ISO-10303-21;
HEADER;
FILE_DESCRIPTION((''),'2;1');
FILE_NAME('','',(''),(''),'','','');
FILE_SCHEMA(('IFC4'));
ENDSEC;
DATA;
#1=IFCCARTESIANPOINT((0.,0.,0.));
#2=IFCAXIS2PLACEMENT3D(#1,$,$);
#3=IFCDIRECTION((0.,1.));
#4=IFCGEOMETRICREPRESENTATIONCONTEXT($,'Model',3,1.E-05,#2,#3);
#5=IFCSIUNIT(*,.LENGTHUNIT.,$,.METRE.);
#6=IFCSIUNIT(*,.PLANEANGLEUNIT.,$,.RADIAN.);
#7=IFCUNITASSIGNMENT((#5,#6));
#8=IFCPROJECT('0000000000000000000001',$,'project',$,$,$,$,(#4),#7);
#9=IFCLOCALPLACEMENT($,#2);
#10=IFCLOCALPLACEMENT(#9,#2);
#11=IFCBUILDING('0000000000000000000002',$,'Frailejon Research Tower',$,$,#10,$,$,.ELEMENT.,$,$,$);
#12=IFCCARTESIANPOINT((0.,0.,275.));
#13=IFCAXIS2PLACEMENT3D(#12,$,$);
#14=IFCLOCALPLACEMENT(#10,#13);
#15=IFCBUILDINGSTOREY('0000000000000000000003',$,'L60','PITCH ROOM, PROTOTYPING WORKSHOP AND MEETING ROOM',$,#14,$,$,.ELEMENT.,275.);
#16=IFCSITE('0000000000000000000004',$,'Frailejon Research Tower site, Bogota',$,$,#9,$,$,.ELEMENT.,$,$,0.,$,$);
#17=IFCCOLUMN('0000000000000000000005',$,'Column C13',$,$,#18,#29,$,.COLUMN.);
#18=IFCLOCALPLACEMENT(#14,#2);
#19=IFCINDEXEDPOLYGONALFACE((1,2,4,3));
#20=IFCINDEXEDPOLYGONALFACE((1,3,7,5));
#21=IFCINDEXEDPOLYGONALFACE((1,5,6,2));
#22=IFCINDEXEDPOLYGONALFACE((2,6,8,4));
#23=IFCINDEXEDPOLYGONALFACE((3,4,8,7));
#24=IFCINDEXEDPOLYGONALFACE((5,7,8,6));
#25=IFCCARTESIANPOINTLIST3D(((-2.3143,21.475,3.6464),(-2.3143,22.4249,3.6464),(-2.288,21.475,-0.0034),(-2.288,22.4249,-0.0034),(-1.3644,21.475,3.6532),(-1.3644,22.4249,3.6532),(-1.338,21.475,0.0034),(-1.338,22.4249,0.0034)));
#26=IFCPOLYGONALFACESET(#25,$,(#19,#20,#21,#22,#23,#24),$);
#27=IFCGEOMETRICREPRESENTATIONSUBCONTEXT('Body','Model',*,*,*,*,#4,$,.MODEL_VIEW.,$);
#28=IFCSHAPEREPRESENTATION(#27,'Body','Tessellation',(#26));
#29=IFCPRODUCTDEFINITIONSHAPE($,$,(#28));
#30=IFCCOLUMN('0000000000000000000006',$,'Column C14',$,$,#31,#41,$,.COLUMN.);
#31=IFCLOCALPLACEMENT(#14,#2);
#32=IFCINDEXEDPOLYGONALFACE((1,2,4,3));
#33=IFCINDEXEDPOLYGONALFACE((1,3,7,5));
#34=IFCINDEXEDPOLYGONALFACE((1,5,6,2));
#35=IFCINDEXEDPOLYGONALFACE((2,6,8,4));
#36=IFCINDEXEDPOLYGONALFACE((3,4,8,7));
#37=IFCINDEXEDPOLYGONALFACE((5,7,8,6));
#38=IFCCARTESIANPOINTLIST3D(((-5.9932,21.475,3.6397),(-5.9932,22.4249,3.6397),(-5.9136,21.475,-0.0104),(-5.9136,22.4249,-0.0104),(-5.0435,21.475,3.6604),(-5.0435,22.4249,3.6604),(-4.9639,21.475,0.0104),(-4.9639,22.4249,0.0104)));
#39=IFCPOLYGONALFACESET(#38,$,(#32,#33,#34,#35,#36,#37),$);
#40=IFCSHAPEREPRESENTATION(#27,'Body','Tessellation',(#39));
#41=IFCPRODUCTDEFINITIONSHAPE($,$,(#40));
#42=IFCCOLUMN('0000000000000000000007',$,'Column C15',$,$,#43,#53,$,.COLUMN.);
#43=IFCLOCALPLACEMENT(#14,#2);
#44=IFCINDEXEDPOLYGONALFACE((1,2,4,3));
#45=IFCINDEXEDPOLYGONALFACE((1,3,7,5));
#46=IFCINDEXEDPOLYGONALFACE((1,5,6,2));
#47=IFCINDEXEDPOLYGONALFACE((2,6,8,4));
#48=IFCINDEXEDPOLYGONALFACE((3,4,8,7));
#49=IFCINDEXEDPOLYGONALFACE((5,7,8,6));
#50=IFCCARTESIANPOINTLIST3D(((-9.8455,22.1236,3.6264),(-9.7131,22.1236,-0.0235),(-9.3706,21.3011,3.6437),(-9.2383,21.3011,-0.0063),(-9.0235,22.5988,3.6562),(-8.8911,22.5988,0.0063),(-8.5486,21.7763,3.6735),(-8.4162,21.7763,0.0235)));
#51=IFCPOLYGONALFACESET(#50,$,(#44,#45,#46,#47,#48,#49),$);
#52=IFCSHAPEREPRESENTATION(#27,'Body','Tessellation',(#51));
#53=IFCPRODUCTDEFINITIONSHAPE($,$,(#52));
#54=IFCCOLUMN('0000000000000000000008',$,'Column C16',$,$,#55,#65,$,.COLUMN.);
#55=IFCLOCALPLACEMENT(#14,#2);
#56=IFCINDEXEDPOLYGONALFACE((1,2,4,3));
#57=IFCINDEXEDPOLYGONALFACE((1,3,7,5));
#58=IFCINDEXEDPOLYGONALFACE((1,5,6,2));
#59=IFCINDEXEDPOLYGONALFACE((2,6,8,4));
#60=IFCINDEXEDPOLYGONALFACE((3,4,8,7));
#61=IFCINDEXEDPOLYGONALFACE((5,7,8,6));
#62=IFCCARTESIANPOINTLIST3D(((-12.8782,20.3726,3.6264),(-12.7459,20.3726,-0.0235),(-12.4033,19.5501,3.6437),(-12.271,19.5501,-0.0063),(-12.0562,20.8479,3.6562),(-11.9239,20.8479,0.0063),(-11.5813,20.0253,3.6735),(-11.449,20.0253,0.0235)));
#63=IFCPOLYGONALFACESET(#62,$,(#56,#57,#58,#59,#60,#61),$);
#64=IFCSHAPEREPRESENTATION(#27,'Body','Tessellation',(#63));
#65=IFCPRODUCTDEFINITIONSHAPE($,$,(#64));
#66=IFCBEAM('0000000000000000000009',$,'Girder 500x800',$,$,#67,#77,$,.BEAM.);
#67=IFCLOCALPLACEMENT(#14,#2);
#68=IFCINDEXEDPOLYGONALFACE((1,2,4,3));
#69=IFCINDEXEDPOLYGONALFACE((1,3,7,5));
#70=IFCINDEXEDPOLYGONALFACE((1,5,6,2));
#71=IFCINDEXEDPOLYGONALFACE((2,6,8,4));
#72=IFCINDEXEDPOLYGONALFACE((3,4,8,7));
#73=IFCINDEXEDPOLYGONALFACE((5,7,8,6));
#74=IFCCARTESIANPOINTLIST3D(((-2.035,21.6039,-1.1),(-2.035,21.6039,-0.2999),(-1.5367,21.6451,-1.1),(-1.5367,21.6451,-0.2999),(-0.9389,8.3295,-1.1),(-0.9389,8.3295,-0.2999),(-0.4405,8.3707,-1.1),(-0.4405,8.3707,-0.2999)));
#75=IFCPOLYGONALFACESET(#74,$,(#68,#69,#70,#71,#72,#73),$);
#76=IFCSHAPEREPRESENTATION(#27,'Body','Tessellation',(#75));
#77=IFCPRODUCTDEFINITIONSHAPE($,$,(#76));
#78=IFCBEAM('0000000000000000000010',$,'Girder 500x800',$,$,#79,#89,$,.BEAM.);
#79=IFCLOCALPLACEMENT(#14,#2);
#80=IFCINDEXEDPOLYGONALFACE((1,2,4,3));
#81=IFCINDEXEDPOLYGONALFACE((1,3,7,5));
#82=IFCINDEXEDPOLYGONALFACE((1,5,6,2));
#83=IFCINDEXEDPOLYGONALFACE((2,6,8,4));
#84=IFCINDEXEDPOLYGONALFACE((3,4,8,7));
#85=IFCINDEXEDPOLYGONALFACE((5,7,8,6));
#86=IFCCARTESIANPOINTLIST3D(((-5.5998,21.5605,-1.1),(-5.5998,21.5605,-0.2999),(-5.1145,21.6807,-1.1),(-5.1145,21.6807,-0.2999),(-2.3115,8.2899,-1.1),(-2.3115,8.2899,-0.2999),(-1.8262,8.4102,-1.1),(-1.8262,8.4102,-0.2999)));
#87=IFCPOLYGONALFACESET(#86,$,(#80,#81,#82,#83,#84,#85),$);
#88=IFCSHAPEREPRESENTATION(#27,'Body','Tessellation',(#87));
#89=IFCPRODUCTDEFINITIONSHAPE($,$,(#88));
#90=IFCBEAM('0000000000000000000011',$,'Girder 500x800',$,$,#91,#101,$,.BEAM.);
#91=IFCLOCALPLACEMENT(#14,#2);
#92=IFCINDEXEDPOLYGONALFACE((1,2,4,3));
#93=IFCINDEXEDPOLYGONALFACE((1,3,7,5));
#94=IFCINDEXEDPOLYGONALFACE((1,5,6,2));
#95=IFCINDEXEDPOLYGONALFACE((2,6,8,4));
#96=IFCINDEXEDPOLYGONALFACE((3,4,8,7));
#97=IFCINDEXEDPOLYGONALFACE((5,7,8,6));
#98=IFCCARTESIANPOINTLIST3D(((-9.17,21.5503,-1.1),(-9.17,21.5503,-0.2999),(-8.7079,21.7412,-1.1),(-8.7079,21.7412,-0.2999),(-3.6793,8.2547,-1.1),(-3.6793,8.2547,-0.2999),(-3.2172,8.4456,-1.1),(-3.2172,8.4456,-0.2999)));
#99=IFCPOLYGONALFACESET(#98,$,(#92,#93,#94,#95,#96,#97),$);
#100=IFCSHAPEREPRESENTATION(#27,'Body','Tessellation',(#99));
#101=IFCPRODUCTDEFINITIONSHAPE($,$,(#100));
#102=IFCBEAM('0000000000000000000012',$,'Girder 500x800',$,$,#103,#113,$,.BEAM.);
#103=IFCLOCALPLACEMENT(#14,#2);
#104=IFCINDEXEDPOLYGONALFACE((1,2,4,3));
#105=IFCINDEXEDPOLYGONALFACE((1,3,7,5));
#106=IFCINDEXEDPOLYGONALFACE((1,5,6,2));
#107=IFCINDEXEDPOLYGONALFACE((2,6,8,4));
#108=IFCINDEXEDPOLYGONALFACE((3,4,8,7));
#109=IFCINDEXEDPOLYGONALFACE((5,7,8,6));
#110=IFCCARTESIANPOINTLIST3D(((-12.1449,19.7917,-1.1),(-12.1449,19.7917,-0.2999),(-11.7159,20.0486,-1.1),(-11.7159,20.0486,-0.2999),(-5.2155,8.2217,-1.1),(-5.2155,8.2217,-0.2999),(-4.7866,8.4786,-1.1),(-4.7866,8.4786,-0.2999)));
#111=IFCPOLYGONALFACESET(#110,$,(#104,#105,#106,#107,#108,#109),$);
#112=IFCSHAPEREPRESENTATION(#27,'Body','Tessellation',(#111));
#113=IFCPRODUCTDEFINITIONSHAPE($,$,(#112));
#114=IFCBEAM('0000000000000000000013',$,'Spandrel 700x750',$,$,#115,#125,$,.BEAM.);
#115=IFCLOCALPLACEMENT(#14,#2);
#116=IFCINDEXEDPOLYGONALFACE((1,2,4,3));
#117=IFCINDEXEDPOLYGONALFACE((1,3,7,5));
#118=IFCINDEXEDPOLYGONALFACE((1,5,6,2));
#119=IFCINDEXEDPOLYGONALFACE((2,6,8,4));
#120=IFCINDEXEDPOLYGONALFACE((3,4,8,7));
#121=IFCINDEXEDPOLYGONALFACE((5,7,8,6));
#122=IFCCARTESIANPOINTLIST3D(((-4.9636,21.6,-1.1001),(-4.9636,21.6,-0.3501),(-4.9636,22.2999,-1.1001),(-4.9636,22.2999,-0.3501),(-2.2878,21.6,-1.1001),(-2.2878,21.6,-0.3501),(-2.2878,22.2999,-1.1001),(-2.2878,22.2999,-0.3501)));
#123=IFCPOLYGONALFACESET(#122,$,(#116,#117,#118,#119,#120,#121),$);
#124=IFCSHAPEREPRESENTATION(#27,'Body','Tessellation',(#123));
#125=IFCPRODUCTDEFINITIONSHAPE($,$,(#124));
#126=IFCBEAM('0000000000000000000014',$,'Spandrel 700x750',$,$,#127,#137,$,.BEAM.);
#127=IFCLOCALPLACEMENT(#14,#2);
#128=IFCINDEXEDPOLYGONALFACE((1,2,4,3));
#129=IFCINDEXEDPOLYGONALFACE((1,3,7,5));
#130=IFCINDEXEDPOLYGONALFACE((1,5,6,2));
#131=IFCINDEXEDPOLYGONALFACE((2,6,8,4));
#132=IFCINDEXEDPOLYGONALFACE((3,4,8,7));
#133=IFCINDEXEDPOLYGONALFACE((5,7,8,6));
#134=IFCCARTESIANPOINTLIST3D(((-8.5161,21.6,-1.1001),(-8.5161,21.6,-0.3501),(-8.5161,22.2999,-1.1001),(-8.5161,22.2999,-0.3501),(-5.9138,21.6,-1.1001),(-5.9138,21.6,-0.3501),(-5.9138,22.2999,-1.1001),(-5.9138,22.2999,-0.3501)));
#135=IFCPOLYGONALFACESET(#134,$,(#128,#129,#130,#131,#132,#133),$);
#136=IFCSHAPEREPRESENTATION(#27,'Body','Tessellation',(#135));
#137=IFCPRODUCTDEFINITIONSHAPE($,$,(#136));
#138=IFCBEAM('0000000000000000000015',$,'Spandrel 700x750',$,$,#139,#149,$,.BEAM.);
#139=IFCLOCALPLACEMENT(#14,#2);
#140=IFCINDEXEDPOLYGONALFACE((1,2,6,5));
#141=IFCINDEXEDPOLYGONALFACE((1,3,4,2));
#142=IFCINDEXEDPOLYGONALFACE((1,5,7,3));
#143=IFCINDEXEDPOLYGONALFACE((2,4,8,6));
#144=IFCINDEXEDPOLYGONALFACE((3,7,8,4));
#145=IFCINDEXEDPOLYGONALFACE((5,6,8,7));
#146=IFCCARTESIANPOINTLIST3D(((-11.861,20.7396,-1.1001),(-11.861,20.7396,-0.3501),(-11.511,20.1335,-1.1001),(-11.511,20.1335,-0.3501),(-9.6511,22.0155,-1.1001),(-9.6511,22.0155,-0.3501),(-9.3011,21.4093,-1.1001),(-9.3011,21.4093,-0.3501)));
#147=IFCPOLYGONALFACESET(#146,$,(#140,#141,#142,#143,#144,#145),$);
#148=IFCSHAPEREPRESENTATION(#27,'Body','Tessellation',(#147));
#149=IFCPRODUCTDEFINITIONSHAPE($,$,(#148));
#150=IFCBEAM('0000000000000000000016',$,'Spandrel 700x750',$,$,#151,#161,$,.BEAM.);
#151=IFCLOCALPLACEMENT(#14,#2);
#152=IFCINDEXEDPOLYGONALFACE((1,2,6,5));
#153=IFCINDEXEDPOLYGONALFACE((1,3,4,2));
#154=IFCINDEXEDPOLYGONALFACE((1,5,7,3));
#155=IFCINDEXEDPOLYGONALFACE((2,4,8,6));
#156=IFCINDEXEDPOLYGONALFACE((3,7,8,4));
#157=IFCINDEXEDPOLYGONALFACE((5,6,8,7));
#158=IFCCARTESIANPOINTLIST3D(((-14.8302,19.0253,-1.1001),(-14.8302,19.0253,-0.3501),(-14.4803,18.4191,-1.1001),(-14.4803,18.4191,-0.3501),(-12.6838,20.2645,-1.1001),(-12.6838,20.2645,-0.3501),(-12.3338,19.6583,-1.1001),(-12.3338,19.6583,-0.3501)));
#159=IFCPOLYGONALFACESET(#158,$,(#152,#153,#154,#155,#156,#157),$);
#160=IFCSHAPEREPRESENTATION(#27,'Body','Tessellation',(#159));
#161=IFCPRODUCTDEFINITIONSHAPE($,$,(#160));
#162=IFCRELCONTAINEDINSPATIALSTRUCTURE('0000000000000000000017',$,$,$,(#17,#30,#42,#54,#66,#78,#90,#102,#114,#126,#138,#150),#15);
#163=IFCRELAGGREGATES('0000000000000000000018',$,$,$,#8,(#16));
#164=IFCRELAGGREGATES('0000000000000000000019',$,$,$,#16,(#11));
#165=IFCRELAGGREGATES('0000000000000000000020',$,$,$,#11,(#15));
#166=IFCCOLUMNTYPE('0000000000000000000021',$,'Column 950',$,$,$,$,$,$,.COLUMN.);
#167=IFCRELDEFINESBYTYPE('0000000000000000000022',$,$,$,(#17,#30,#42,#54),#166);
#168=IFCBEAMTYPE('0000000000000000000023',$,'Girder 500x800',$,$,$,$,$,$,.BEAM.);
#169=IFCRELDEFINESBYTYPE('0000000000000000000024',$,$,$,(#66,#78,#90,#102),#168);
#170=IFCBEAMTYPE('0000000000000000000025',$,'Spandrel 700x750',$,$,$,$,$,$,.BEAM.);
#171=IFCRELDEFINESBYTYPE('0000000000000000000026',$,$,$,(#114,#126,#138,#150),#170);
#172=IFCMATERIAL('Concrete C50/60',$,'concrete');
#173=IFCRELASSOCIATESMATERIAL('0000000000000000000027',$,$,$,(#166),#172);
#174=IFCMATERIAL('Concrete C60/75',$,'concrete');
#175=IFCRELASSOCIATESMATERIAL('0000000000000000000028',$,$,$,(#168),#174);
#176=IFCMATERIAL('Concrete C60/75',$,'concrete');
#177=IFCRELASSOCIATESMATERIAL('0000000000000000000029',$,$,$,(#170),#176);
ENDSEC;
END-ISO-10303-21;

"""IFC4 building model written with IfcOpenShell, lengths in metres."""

from ifc_helpers import new_model, si_unit, direction, frame, origin, origin_2d, place, context, subcontext, project, spatial, rectangle, extrude, material, material_profile, profile_set, type_object, element, save


model = new_model("IFC4")

# Units and contexts
model_context = context("Model", 3, precision=1e-05, world=origin(), true_north=direction((0.0, 1.0)))
body_context = subcontext(model_context, "Body", "Model", "MODEL_VIEW")
ifc_project = project(units=[si_unit("LENGTHUNIT", "METRE"), si_unit("PLANEANGLEUNIT", "RADIAN")], contexts=[model_context])

# Site, building, storey
site_placement = place(None, origin())
site = spatial("IfcSite", under=ifc_project, at=site_placement, Name="Frailejon Research Tower site, Bogota", CompositionType="ELEMENT", RefElevation=0.0)
building_placement = place(site_placement, origin())
building = spatial("IfcBuilding", under=site, at=building_placement, Name="Frailejon Research Tower", CompositionType="ELEMENT")
storey_placement = place(building_placement, frame((0.0, 0.0, 275.0)))
storey = spatial("IfcBuildingStorey", under=building, at=storey_placement, Name="L60", Description="PITCH ROOM, PROTOTYPING WORKSHOP AND MEETING ROOM", CompositionType="ELEMENT", Elevation=275.0)

# Columns
ifc_material_1 = material(Name="Concrete C50/60", Category="concrete")
ifc_material_profile_1 = material_profile(ifc_material_1, rectangle(XDim=0.95, YDim=0.95, at=origin_2d()), Name="Column 950")
ifc_profile_set_1 = profile_set([ifc_material_profile_1], Name="Concrete C50/60")
column_type = type_object("IfcColumnType", Name="Column 950", PredefinedType="COLUMN", material=ifc_profile_set_1)
column_1_placement = place(storey_placement, frame((-1.813, 21.95, 0.0), z_axis=(-0.007224, 0.0, 0.999974), x_axis=(-0.999974, 0.0, -0.007224)))
element("IfcColumn", 1, at=column_1_placement, inside=storey, type_object=column_type, Name="Column C13", PredefinedType="COLUMN", context=body_context, shape_type="SweptSolid", body=[
    extrude(rectangle(XDim=0.95, YDim=0.95, at=origin_2d()), origin(), (0.0, 0.0, 1.0), 3.6499),
])
column_2_placement = place(storey_placement, frame((-5.4387, 21.95, 0.0), z_axis=(-0.021801, 0.0, 0.999762), x_axis=(-0.999762, 0.0, -0.021801)))
element("IfcColumn", 2, at=column_2_placement, inside=storey, type_object=column_type, Name="Column C14", PredefinedType="COLUMN", context=body_context, shape_type="SweptSolid", body=[
    extrude(rectangle(XDim=0.95, YDim=0.95, at=origin_2d()), origin(), (0.0, 0.0, 1.0), 3.6509),
])
for number, where, z_axis, x_axis, name in (
    (3, (-9.0647, 21.95, 0.0), (-0.03623, 0.0, 0.999343), (-0.865315, -0.500246, -0.031371), "Column C15"),
    (4, (-12.0974, 20.199, 0.0), (-0.03623, 0.0, 0.999343), (-0.865315, -0.500246, -0.031371), "Column C16"),
):
    element("IfcColumn", number, at=place(storey_placement, frame(where, z_axis=z_axis, x_axis=x_axis)), inside=storey, type_object=column_type, Name=name, PredefinedType="COLUMN", context=body_context, shape_type="SweptSolid", body=[
        extrude(rectangle(XDim=0.95, YDim=0.95, at=origin_2d()), origin(), (0.0, 0.0, 1.0), 3.6523),
    ])

# Beams
ifc_material_2 = material(Name="Concrete C60/75", Category="concrete")
ifc_material_profile_2 = material_profile(ifc_material_2, rectangle(XDim=0.5, YDim=0.8, at=origin_2d()), Name="Girder 500x800")
ifc_profile_set_2 = profile_set([ifc_material_profile_2], Name="Concrete C60/75")
beam_type_1 = type_object("IfcBeamType", Name="Girder 500x800", PredefinedType="BEAM", material=ifc_profile_set_2)
beam_1_placement = place(storey_placement, frame((-1.7859, 21.6245, -0.7), z_axis=(0.082299, -0.996608, 0.0), x_axis=(0.996608, 0.082299, 0.0)))
element("IfcBeam", 5, at=beam_1_placement, inside=storey, type_object=beam_type_1, Name="Girder 500x800", PredefinedType="BEAM", context=body_context, shape_type="SweptSolid", body=[
    extrude(rectangle(XDim=0.5, YDim=0.8, at=origin_2d()), origin(), (0.0, 0.0, 1.0), 13.3196),
])
beam_2_placement = place(storey_placement, frame((-5.3572, 21.6206, -0.7), z_axis=(0.240518, -0.970645, 0.0), x_axis=(0.970645, 0.240518, 0.0)))
element("IfcBeam", 6, at=beam_2_placement, inside=storey, type_object=beam_type_1, Name="Girder 500x800", PredefinedType="BEAM", context=body_context, shape_type="SweptSolid", body=[
    extrude(rectangle(XDim=0.5, YDim=0.8, at=origin_2d()), origin(), (0.0, 0.0, 1.0), 13.6719),
])
beam_3_placement = place(storey_placement, frame((-8.939, 21.6458, -0.7), z_axis=(0.381703, -0.924285, 0.0), x_axis=(0.924285, 0.381703, 0.0)))
element("IfcBeam", 7, at=beam_3_placement, inside=storey, type_object=beam_type_1, Name="Girder 500x800", PredefinedType="BEAM", context=body_context, shape_type="SweptSolid", body=[
    extrude(rectangle(XDim=0.5, YDim=0.8, at=origin_2d()), origin(), (0.0, 0.0, 1.0), 14.3848),
])
beam_4_placement = place(storey_placement, frame((-11.9304, 19.9202, -0.7), z_axis=(0.513809, -0.857905, 0.0), x_axis=(0.857905, 0.513809, 0.0)))
element("IfcBeam", 8, at=beam_4_placement, inside=storey, type_object=beam_type_1, Name="Girder 500x800", PredefinedType="BEAM", context=body_context, shape_type="SweptSolid", body=[
    extrude(rectangle(XDim=0.5, YDim=0.8, at=origin_2d()), origin(), (0.0, 0.0, 1.0), 13.4863),
])
ifc_material_3 = material(Name="Concrete C60/75", Category="concrete")
ifc_material_profile_3 = material_profile(ifc_material_3, rectangle(XDim=0.7, YDim=0.75, at=origin_2d()), Name="Spandrel 700x750")
ifc_profile_set_3 = profile_set([ifc_material_profile_3], Name="Concrete C60/75")
beam_type_2 = type_object("IfcBeamType", Name="Spandrel 700x750", PredefinedType="BEAM", material=ifc_profile_set_3)
beam_5_placement = place(storey_placement, frame((-2.2878, 21.95, -0.7251), z_axis=(-1.0, 0.0, 0.0), x_axis=(0.0, -1.0, 0.0)))
element("IfcBeam", 9, at=beam_5_placement, inside=storey, type_object=beam_type_2, Name="Spandrel 700x750", PredefinedType="BEAM", context=body_context, shape_type="SweptSolid", body=[
    extrude(rectangle(XDim=0.7, YDim=0.75, at=origin_2d()), origin(), (0.0, 0.0, 1.0), 2.6758),
])
beam_6_placement = place(storey_placement, frame((-5.9138, 21.95, -0.7251), z_axis=(-1.0, 0.0, 0.0), x_axis=(0.0, -1.0, 0.0)))
element("IfcBeam", 10, at=beam_6_placement, inside=storey, type_object=beam_type_2, Name="Spandrel 700x750", PredefinedType="BEAM", context=body_context, shape_type="SweptSolid", body=[
    extrude(rectangle(XDim=0.7, YDim=0.75, at=origin_2d()), origin(), (0.0, 0.0, 1.0), 2.6023),
])
beam_7_placement = place(storey_placement, frame((-9.4761, 21.7124, -0.7251), z_axis=(-0.866033, -0.499987, 0.0), x_axis=(0.499987, -0.866033, 0.0)))
element("IfcBeam", 11, at=beam_7_placement, inside=storey, type_object=beam_type_2, Name="Spandrel 700x750", PredefinedType="BEAM", context=body_context, shape_type="SweptSolid", body=[
    extrude(rectangle(XDim=0.7, YDim=0.75, at=origin_2d()), origin(), (0.0, 0.0, 1.0), 2.5518),
])
beam_8_placement = place(storey_placement, frame((-12.5088, 19.9614, -0.7251), z_axis=(-0.866028, -0.499995, 0.0), x_axis=(0.499995, -0.866028, 0.0)))
element("IfcBeam", 12, at=beam_8_placement, inside=storey, type_object=beam_type_2, Name="Spandrel 700x750", PredefinedType="BEAM", context=body_context, shape_type="SweptSolid", body=[
    extrude(rectangle(XDim=0.7, YDim=0.75, at=origin_2d()), origin(), (0.0, 0.0, 1.0), 2.4785),
])

save(model, "model.ifc")
